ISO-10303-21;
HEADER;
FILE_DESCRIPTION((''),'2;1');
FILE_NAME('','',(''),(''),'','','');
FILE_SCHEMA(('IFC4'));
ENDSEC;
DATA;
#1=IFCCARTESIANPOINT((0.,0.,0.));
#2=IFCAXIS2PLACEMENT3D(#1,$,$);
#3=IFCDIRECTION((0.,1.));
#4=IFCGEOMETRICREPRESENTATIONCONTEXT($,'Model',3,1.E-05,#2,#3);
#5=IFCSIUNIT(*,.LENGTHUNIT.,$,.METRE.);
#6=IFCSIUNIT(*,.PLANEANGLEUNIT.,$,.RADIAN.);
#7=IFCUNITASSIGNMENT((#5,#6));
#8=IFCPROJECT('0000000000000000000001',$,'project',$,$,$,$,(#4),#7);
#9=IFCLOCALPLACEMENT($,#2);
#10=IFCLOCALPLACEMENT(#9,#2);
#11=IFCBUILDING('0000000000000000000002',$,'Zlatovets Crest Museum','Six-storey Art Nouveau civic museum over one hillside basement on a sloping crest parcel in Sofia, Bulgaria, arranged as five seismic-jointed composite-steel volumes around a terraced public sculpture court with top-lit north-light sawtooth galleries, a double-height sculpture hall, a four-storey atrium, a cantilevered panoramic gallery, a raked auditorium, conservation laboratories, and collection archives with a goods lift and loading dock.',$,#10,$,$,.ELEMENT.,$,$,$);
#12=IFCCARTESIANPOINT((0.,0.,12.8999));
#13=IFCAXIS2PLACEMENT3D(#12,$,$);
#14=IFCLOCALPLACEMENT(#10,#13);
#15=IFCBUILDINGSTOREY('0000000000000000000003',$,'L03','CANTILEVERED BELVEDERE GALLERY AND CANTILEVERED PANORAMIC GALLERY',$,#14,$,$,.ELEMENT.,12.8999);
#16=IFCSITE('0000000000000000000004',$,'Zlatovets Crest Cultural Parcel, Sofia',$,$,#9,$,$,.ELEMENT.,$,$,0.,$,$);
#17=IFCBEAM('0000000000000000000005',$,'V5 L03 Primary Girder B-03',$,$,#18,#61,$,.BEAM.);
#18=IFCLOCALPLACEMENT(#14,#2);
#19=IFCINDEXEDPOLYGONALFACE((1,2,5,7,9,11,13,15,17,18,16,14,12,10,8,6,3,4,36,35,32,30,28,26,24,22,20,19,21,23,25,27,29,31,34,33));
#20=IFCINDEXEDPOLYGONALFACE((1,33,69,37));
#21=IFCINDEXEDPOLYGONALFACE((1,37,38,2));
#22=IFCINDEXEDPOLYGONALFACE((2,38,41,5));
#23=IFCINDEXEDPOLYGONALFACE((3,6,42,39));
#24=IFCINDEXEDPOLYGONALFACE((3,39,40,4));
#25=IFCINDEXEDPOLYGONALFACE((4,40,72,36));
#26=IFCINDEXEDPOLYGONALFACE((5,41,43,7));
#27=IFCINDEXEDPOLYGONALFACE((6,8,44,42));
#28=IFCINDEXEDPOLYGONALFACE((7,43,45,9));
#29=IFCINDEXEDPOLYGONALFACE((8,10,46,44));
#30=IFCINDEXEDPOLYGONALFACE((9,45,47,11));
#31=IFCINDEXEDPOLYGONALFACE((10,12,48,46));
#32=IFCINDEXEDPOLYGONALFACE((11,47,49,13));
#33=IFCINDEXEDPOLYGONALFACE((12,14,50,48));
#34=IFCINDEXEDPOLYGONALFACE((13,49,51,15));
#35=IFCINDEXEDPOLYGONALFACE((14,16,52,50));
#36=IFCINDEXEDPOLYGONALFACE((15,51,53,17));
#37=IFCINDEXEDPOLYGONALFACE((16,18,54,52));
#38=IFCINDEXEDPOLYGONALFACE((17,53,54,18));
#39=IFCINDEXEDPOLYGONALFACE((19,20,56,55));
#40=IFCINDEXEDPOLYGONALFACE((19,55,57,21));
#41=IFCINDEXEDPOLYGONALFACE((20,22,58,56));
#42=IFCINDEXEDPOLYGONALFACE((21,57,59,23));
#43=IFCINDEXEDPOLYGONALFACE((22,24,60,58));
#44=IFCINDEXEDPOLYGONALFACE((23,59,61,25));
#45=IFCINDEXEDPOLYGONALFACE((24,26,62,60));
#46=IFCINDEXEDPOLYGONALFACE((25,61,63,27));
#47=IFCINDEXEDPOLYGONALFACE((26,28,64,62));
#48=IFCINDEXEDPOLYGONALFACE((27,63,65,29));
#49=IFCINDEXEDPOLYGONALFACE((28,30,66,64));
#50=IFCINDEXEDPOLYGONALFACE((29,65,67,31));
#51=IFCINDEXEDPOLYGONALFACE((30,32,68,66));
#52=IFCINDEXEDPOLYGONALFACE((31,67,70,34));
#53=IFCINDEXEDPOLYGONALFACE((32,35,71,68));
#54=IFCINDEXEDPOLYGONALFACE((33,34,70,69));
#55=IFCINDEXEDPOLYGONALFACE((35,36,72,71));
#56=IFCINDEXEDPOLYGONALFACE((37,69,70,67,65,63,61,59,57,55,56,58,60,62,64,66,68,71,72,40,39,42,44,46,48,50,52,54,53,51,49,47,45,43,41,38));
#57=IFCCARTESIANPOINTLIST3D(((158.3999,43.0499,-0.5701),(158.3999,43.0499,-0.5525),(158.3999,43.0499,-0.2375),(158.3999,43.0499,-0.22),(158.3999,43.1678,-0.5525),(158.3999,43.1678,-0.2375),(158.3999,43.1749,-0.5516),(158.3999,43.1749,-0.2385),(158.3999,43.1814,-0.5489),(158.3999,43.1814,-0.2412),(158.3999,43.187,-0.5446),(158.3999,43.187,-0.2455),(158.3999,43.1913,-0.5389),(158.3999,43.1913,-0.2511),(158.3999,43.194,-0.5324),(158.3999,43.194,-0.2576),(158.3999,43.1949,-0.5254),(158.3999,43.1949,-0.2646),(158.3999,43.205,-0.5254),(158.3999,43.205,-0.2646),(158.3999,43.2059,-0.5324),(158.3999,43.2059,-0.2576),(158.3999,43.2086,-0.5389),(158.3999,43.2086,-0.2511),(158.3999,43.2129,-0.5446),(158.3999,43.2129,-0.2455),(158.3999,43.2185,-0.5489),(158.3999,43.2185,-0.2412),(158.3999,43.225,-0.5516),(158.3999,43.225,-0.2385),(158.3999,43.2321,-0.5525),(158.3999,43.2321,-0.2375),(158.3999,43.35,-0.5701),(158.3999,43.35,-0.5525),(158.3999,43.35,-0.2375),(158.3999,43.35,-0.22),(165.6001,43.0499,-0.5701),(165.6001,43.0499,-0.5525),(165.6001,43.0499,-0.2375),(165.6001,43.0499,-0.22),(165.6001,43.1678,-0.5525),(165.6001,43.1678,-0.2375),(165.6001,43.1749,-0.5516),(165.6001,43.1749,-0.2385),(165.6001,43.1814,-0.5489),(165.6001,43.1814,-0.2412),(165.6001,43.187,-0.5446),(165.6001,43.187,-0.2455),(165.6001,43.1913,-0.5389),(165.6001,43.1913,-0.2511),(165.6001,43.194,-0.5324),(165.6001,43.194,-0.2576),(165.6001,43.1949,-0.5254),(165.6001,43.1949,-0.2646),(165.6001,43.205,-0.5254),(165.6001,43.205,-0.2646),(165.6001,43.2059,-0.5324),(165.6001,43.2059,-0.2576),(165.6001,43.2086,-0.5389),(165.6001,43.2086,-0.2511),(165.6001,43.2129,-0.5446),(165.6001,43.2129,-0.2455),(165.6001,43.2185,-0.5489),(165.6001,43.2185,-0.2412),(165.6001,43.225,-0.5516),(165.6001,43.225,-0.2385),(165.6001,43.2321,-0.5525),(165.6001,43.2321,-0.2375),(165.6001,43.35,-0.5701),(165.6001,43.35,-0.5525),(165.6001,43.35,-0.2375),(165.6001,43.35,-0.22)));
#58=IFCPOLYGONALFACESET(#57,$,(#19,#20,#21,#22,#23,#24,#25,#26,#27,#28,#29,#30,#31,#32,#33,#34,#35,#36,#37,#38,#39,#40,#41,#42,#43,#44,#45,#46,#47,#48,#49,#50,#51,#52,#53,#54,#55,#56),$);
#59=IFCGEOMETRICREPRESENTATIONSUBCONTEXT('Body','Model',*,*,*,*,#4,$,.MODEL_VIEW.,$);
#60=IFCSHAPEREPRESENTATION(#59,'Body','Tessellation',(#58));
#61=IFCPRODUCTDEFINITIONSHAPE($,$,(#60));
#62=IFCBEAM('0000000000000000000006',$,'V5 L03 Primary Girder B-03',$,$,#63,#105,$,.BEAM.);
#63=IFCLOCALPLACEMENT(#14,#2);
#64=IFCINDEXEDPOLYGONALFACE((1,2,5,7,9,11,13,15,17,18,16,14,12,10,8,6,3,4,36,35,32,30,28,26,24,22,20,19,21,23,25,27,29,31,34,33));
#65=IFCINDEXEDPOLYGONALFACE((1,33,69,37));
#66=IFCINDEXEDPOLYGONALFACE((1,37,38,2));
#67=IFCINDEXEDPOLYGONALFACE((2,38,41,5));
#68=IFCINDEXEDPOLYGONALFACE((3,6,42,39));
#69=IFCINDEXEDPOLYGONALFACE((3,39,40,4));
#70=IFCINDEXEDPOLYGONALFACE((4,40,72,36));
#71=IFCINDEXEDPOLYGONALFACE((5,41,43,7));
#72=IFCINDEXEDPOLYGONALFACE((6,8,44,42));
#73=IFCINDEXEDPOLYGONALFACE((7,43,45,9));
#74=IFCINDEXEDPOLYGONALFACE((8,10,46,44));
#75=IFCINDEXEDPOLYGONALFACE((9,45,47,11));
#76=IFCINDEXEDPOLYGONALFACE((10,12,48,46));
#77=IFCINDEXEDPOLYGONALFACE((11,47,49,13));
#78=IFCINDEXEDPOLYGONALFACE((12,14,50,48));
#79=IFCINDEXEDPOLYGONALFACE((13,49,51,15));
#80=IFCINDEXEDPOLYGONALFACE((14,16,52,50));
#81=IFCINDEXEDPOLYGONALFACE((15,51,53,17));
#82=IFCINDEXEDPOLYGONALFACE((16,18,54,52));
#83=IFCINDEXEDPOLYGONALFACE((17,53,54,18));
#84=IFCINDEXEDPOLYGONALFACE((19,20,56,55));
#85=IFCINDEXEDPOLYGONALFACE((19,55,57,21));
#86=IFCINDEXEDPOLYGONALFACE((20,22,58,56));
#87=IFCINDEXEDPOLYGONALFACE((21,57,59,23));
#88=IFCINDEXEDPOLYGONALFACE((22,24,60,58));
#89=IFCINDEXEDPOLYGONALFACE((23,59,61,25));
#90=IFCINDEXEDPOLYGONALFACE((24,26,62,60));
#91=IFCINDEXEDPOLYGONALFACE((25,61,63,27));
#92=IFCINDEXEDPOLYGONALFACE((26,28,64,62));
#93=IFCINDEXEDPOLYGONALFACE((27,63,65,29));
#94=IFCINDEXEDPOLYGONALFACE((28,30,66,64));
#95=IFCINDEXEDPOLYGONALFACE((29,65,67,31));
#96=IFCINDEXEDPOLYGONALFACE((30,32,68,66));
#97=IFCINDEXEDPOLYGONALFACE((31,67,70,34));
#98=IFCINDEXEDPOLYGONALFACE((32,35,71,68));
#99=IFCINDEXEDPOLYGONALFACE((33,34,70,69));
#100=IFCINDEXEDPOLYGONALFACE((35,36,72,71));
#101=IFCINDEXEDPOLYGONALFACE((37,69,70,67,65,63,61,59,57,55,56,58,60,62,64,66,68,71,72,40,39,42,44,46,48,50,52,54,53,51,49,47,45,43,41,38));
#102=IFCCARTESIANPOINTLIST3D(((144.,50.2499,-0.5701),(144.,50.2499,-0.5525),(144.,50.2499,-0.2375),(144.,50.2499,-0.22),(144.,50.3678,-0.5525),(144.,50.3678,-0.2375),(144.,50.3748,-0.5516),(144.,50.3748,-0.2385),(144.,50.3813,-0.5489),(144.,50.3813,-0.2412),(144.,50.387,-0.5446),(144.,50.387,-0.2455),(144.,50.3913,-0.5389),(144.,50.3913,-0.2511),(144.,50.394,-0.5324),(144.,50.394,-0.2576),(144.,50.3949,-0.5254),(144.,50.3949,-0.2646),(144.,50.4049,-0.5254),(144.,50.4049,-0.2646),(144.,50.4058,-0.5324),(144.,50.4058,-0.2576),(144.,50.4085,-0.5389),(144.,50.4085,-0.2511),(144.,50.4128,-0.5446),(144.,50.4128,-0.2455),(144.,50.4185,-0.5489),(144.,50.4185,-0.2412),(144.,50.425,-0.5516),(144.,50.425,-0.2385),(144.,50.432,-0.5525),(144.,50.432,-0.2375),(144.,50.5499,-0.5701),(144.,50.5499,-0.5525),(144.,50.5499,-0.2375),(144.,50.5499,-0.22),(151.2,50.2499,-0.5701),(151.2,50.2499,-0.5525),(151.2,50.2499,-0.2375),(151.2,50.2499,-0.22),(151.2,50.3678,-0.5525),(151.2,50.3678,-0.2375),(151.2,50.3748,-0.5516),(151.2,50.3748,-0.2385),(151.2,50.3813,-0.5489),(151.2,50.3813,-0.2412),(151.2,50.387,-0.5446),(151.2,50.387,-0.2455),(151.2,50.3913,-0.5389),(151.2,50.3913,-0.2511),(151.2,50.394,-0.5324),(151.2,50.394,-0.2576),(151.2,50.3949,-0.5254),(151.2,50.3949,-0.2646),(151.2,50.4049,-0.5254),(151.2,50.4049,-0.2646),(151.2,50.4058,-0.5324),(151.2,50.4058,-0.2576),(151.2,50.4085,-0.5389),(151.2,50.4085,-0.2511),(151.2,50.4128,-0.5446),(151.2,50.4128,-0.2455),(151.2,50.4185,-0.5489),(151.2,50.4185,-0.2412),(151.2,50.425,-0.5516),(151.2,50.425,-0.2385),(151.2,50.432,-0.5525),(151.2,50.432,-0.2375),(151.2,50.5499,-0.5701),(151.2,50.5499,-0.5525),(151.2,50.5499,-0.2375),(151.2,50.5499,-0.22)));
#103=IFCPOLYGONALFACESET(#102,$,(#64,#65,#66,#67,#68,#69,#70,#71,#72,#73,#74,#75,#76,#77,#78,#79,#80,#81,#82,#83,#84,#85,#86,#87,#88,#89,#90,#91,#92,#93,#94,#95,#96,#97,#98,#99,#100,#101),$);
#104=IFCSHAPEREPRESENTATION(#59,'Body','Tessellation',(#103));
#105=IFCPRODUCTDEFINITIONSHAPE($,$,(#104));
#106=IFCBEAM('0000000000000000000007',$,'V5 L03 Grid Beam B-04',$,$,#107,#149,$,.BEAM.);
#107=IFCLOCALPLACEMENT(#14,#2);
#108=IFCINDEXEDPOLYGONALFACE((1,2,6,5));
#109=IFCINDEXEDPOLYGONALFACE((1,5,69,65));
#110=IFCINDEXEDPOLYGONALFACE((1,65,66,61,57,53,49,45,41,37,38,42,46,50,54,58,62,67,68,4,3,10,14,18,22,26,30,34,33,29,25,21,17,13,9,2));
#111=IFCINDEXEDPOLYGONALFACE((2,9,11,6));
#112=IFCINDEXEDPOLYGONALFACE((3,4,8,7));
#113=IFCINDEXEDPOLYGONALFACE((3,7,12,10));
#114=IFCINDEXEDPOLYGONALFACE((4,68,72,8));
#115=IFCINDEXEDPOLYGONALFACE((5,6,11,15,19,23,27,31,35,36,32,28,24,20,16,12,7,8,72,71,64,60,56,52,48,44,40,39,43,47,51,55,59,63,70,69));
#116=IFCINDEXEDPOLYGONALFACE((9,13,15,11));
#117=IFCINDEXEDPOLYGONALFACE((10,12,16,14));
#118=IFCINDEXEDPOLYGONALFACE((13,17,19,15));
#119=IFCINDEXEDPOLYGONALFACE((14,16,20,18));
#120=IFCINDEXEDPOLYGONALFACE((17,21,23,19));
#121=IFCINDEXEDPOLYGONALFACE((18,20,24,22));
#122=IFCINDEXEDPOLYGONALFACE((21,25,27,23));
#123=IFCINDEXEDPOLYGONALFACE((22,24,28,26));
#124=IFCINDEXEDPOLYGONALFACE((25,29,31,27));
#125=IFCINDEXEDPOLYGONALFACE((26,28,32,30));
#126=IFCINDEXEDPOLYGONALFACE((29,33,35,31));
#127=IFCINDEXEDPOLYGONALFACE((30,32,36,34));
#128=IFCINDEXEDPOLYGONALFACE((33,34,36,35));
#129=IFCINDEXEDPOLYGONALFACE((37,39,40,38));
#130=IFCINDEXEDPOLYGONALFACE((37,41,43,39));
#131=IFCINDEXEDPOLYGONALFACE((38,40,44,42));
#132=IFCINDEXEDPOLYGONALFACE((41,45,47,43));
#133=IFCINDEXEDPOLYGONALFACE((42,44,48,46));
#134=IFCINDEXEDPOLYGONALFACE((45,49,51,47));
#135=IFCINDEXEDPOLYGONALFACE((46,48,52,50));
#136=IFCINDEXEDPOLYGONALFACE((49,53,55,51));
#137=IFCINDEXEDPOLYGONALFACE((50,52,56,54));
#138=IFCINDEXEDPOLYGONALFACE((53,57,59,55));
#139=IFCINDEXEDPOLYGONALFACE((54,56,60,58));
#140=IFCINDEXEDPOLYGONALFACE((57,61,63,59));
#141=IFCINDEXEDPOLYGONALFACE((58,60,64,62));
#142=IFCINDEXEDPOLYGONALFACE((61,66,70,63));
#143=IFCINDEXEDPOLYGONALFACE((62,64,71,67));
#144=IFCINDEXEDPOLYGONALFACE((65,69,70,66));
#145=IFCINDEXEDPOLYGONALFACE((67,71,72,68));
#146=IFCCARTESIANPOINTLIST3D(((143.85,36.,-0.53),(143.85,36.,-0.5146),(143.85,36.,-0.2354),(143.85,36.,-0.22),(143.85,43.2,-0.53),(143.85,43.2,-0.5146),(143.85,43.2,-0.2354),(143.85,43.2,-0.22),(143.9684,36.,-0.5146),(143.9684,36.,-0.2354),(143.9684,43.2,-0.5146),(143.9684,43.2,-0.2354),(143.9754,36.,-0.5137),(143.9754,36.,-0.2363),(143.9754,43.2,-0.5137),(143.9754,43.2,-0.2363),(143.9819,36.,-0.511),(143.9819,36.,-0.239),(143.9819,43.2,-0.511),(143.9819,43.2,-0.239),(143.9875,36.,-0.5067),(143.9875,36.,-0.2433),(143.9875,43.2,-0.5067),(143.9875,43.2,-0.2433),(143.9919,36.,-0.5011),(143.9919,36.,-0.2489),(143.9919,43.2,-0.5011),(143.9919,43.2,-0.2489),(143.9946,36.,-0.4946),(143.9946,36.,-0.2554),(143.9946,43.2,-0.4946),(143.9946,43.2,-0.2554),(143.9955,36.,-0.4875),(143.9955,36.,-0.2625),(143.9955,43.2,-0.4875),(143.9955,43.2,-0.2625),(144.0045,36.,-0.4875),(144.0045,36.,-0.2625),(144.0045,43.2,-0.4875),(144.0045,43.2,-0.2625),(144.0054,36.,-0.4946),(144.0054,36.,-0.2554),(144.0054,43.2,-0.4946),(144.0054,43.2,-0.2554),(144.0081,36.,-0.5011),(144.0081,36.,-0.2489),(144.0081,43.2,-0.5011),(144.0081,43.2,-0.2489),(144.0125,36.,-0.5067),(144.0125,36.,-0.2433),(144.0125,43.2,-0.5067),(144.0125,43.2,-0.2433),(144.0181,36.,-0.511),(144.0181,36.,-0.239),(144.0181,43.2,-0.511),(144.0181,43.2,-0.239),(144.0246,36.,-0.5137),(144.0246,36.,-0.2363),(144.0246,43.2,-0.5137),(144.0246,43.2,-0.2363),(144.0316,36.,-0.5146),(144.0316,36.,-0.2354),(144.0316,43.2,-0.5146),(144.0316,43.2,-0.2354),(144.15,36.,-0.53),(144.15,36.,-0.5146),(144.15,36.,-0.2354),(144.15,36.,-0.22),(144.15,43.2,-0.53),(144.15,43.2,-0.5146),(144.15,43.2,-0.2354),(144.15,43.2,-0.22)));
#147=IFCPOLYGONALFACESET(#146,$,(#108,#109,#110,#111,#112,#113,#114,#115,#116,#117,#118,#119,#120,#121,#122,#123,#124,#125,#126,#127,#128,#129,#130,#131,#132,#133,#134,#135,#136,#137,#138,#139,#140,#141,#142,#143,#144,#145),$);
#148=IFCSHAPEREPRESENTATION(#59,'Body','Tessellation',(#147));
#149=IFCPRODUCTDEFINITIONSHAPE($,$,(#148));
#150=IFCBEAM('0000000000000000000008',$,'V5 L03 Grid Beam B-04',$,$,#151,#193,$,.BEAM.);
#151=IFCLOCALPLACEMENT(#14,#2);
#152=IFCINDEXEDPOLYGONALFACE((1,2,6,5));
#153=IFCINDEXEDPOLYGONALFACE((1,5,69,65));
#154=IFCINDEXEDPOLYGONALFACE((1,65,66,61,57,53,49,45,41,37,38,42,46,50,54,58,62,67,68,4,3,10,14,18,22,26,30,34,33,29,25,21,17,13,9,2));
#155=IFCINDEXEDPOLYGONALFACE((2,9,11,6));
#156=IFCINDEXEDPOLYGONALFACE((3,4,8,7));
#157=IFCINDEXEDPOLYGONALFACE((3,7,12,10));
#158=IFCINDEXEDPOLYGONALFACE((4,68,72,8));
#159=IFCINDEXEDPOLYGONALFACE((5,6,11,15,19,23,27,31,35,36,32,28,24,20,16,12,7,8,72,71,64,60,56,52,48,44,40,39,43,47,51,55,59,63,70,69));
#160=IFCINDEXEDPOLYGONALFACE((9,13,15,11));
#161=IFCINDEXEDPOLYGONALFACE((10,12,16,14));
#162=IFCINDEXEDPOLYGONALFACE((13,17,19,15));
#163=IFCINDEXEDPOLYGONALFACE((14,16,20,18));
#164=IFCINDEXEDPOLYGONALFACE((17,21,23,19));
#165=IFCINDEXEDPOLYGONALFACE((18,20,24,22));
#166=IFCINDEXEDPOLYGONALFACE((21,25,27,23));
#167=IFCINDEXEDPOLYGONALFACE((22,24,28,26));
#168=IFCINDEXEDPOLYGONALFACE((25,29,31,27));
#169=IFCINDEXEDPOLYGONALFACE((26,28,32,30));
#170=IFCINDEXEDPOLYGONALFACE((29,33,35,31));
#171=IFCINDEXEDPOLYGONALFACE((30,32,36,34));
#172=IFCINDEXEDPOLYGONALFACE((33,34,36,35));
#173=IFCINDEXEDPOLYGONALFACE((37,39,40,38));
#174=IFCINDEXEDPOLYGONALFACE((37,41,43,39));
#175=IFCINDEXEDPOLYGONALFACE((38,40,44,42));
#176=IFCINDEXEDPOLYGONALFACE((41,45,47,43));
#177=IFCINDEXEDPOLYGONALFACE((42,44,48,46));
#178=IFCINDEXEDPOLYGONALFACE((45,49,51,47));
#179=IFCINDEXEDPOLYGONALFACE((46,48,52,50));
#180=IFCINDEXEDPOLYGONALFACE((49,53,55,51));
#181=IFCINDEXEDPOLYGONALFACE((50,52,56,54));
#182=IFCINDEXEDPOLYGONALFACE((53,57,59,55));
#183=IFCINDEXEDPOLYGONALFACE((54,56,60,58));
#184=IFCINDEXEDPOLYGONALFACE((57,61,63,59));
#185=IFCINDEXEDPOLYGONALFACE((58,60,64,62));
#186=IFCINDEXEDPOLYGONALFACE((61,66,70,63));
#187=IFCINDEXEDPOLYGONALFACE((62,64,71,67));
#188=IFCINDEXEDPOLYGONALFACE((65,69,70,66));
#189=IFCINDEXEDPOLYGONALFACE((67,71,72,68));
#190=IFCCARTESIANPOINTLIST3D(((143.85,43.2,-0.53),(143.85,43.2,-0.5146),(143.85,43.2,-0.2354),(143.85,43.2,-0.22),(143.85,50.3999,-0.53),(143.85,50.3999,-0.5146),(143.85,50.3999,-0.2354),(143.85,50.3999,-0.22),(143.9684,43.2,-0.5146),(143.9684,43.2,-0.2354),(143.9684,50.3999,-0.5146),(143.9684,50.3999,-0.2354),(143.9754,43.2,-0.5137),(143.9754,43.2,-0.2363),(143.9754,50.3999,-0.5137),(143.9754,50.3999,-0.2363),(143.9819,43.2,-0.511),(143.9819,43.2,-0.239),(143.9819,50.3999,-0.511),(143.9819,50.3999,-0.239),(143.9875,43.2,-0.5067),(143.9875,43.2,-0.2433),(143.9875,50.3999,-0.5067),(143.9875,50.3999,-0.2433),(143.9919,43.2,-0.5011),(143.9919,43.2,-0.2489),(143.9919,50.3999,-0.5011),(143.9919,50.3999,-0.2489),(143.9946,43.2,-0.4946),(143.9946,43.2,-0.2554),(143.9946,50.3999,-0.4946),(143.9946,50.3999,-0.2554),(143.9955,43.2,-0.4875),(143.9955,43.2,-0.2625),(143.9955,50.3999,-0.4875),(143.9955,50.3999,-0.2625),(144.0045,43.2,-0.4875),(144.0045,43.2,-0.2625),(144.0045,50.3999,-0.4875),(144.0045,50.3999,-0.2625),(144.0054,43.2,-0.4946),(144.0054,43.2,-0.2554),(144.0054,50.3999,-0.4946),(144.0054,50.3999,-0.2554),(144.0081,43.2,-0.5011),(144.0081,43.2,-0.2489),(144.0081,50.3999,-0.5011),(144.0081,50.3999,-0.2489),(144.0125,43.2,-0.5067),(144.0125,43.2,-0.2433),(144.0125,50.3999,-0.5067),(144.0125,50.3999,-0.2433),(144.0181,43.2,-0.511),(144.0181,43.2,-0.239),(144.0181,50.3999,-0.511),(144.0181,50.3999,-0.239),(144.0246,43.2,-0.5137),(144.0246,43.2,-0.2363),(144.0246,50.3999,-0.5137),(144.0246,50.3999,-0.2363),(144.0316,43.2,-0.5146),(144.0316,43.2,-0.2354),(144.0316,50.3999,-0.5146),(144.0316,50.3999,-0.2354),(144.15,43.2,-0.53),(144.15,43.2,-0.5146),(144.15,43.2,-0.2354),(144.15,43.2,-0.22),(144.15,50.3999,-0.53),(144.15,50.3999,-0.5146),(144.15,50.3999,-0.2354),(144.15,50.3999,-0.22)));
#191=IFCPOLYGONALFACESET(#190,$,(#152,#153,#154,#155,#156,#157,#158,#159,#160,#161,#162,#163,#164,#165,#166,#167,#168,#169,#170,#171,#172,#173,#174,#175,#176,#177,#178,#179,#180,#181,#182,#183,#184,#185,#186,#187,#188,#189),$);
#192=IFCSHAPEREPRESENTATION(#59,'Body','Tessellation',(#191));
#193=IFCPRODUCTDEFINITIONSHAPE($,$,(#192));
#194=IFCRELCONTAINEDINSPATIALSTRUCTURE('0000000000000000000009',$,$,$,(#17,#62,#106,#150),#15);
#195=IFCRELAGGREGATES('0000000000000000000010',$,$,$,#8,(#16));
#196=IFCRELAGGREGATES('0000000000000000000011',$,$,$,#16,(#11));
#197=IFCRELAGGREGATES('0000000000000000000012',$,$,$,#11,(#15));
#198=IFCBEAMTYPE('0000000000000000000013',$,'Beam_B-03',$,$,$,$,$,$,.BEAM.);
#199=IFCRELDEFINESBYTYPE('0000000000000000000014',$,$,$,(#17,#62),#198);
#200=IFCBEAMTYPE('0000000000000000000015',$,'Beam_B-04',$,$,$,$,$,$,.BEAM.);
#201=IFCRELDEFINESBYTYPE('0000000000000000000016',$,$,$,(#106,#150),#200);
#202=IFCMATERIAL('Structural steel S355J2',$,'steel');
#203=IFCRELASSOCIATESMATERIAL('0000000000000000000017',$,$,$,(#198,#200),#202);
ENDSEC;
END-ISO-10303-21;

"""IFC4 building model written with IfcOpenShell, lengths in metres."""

from ifc_helpers import new_model, si_unit, direction, frame, origin, origin_2d, place, context, subcontext, project, spatial, i_section, extrude, material, material_profile, profile_set, type_object, element, save


model = new_model("IFC4")

# Units and contexts
model_context = context("Model", 3, precision=1e-05, world=origin(), true_north=direction((0.0, 1.0)))
body_context = subcontext(model_context, "Body", "Model", "MODEL_VIEW")
ifc_project = project(units=[si_unit("LENGTHUNIT", "METRE"), si_unit("PLANEANGLEUNIT", "RADIAN")], contexts=[model_context])

# Site, building, storey
site_placement = place(None, origin())
site = spatial("IfcSite", under=ifc_project, at=site_placement, Name="Zlatovets Crest Cultural Parcel, Sofia", CompositionType="ELEMENT", RefElevation=0.0)
building_placement = place(site_placement, origin())
building = spatial("IfcBuilding", under=site, at=building_placement, Name="Zlatovets Crest Museum", Description="Six-storey Art Nouveau civic museum over one hillside basement on a sloping crest parcel in Sofia, Bulgaria, arranged as five seismic-jointed composite-steel volumes around a terraced public sculpture court with top-lit north-light sawtooth galleries, a double-height sculpture hall, a four-storey atrium, a cantilevered panoramic gallery, a raked auditorium, conservation laboratories, and collection archives with a goods lift and loading dock.", CompositionType="ELEMENT")
storey_placement = place(building_placement, frame((0.0, 0.0, 12.8999)))
storey = spatial("IfcBuildingStorey", under=building, at=storey_placement, Name="L03", Description="CANTILEVERED BELVEDERE GALLERY AND CANTILEVERED PANORAMIC GALLERY", CompositionType="ELEMENT", Elevation=12.8999)

# Beams
ifc_material = material(Name="Structural steel S355J2", Category="steel")
ifc_material_profile_1 = material_profile(ifc_material, i_section(OverallWidth=0.3, OverallDepth=0.3501, WebThickness=0.01, FlangeThickness=0.0176, FilletRadius=0.0271, at=origin_2d()), Name="HEA 360")
ifc_profile_set_1 = profile_set([ifc_material_profile_1], Name="Structural steel S355J2")
beam_type_1 = type_object("IfcBeamType", Name="Beam_B-03", PredefinedType="BEAM", material=ifc_profile_set_1)
beam_1_placement = place(storey_placement, frame((158.3999, 43.2, -0.395), z_axis=(1.0, 0.0, 0.0), x_axis=(0.0, 1.0, 0.0)))
element("IfcBeam", 1, at=beam_1_placement, inside=storey, type_object=beam_type_1, Name="V5 L03 Primary Girder B-03", PredefinedType="BEAM", context=body_context, shape_type="SweptSolid", body=[
    extrude(i_section(OverallWidth=0.3, OverallDepth=0.3501, WebThickness=0.01, FlangeThickness=0.0176, FilletRadius=0.0271, at=origin_2d()), origin(), (0.0, 0.0, 1.0), 7.2002),
])
beam_2_placement = place(storey_placement, frame((144.0, 50.3999, -0.395), z_axis=(1.0, 0.0, 0.0), x_axis=(0.0, 1.0, 0.0)))
element("IfcBeam", 2, at=beam_2_placement, inside=storey, type_object=beam_type_1, Name="V5 L03 Primary Girder B-03", PredefinedType="BEAM", context=body_context, shape_type="SweptSolid", body=[
    extrude(i_section(OverallWidth=0.3, OverallDepth=0.3501, WebThickness=0.01, FlangeThickness=0.0176, FilletRadius=0.0271, at=origin_2d()), origin(), (0.0, 0.0, 1.0), 7.2),
])
ifc_material_profile_2 = material_profile(ifc_material, i_section(OverallWidth=0.3, OverallDepth=0.3101, WebThickness=0.009, FlangeThickness=0.0154, FilletRadius=0.0271, at=origin_2d()), Name="HEA 320")
ifc_profile_set_2 = profile_set([ifc_material_profile_2], Name="Structural steel S355J2")
beam_type_2 = type_object("IfcBeamType", Name="Beam_B-04", PredefinedType="BEAM", material=ifc_profile_set_2)
for number, where, z_axis, x_axis, name in (
    (3, (144.0, 36.0, -0.375), (0.0, 1.0, 0.0), (-1.0, 0.0, 0.0), "V5 L03 Grid Beam B-04"),
    (4, (144.0, 43.2, -0.375), (0.0, 1.0, 0.0), (-1.0, 0.0, 0.0), "V5 L03 Grid Beam B-04"),
):
    element("IfcBeam", number, at=place(storey_placement, frame(where, z_axis=z_axis, x_axis=x_axis)), inside=storey, type_object=beam_type_2, Name=name, PredefinedType="BEAM", context=body_context, shape_type="SweptSolid", body=[
        extrude(i_section(OverallWidth=0.3, OverallDepth=0.3101, WebThickness=0.009, FlangeThickness=0.0154, FilletRadius=0.0271, at=origin_2d()), origin(), (0.0, 0.0, 1.0), 7.2),
    ])

save(model, "model.ifc")
